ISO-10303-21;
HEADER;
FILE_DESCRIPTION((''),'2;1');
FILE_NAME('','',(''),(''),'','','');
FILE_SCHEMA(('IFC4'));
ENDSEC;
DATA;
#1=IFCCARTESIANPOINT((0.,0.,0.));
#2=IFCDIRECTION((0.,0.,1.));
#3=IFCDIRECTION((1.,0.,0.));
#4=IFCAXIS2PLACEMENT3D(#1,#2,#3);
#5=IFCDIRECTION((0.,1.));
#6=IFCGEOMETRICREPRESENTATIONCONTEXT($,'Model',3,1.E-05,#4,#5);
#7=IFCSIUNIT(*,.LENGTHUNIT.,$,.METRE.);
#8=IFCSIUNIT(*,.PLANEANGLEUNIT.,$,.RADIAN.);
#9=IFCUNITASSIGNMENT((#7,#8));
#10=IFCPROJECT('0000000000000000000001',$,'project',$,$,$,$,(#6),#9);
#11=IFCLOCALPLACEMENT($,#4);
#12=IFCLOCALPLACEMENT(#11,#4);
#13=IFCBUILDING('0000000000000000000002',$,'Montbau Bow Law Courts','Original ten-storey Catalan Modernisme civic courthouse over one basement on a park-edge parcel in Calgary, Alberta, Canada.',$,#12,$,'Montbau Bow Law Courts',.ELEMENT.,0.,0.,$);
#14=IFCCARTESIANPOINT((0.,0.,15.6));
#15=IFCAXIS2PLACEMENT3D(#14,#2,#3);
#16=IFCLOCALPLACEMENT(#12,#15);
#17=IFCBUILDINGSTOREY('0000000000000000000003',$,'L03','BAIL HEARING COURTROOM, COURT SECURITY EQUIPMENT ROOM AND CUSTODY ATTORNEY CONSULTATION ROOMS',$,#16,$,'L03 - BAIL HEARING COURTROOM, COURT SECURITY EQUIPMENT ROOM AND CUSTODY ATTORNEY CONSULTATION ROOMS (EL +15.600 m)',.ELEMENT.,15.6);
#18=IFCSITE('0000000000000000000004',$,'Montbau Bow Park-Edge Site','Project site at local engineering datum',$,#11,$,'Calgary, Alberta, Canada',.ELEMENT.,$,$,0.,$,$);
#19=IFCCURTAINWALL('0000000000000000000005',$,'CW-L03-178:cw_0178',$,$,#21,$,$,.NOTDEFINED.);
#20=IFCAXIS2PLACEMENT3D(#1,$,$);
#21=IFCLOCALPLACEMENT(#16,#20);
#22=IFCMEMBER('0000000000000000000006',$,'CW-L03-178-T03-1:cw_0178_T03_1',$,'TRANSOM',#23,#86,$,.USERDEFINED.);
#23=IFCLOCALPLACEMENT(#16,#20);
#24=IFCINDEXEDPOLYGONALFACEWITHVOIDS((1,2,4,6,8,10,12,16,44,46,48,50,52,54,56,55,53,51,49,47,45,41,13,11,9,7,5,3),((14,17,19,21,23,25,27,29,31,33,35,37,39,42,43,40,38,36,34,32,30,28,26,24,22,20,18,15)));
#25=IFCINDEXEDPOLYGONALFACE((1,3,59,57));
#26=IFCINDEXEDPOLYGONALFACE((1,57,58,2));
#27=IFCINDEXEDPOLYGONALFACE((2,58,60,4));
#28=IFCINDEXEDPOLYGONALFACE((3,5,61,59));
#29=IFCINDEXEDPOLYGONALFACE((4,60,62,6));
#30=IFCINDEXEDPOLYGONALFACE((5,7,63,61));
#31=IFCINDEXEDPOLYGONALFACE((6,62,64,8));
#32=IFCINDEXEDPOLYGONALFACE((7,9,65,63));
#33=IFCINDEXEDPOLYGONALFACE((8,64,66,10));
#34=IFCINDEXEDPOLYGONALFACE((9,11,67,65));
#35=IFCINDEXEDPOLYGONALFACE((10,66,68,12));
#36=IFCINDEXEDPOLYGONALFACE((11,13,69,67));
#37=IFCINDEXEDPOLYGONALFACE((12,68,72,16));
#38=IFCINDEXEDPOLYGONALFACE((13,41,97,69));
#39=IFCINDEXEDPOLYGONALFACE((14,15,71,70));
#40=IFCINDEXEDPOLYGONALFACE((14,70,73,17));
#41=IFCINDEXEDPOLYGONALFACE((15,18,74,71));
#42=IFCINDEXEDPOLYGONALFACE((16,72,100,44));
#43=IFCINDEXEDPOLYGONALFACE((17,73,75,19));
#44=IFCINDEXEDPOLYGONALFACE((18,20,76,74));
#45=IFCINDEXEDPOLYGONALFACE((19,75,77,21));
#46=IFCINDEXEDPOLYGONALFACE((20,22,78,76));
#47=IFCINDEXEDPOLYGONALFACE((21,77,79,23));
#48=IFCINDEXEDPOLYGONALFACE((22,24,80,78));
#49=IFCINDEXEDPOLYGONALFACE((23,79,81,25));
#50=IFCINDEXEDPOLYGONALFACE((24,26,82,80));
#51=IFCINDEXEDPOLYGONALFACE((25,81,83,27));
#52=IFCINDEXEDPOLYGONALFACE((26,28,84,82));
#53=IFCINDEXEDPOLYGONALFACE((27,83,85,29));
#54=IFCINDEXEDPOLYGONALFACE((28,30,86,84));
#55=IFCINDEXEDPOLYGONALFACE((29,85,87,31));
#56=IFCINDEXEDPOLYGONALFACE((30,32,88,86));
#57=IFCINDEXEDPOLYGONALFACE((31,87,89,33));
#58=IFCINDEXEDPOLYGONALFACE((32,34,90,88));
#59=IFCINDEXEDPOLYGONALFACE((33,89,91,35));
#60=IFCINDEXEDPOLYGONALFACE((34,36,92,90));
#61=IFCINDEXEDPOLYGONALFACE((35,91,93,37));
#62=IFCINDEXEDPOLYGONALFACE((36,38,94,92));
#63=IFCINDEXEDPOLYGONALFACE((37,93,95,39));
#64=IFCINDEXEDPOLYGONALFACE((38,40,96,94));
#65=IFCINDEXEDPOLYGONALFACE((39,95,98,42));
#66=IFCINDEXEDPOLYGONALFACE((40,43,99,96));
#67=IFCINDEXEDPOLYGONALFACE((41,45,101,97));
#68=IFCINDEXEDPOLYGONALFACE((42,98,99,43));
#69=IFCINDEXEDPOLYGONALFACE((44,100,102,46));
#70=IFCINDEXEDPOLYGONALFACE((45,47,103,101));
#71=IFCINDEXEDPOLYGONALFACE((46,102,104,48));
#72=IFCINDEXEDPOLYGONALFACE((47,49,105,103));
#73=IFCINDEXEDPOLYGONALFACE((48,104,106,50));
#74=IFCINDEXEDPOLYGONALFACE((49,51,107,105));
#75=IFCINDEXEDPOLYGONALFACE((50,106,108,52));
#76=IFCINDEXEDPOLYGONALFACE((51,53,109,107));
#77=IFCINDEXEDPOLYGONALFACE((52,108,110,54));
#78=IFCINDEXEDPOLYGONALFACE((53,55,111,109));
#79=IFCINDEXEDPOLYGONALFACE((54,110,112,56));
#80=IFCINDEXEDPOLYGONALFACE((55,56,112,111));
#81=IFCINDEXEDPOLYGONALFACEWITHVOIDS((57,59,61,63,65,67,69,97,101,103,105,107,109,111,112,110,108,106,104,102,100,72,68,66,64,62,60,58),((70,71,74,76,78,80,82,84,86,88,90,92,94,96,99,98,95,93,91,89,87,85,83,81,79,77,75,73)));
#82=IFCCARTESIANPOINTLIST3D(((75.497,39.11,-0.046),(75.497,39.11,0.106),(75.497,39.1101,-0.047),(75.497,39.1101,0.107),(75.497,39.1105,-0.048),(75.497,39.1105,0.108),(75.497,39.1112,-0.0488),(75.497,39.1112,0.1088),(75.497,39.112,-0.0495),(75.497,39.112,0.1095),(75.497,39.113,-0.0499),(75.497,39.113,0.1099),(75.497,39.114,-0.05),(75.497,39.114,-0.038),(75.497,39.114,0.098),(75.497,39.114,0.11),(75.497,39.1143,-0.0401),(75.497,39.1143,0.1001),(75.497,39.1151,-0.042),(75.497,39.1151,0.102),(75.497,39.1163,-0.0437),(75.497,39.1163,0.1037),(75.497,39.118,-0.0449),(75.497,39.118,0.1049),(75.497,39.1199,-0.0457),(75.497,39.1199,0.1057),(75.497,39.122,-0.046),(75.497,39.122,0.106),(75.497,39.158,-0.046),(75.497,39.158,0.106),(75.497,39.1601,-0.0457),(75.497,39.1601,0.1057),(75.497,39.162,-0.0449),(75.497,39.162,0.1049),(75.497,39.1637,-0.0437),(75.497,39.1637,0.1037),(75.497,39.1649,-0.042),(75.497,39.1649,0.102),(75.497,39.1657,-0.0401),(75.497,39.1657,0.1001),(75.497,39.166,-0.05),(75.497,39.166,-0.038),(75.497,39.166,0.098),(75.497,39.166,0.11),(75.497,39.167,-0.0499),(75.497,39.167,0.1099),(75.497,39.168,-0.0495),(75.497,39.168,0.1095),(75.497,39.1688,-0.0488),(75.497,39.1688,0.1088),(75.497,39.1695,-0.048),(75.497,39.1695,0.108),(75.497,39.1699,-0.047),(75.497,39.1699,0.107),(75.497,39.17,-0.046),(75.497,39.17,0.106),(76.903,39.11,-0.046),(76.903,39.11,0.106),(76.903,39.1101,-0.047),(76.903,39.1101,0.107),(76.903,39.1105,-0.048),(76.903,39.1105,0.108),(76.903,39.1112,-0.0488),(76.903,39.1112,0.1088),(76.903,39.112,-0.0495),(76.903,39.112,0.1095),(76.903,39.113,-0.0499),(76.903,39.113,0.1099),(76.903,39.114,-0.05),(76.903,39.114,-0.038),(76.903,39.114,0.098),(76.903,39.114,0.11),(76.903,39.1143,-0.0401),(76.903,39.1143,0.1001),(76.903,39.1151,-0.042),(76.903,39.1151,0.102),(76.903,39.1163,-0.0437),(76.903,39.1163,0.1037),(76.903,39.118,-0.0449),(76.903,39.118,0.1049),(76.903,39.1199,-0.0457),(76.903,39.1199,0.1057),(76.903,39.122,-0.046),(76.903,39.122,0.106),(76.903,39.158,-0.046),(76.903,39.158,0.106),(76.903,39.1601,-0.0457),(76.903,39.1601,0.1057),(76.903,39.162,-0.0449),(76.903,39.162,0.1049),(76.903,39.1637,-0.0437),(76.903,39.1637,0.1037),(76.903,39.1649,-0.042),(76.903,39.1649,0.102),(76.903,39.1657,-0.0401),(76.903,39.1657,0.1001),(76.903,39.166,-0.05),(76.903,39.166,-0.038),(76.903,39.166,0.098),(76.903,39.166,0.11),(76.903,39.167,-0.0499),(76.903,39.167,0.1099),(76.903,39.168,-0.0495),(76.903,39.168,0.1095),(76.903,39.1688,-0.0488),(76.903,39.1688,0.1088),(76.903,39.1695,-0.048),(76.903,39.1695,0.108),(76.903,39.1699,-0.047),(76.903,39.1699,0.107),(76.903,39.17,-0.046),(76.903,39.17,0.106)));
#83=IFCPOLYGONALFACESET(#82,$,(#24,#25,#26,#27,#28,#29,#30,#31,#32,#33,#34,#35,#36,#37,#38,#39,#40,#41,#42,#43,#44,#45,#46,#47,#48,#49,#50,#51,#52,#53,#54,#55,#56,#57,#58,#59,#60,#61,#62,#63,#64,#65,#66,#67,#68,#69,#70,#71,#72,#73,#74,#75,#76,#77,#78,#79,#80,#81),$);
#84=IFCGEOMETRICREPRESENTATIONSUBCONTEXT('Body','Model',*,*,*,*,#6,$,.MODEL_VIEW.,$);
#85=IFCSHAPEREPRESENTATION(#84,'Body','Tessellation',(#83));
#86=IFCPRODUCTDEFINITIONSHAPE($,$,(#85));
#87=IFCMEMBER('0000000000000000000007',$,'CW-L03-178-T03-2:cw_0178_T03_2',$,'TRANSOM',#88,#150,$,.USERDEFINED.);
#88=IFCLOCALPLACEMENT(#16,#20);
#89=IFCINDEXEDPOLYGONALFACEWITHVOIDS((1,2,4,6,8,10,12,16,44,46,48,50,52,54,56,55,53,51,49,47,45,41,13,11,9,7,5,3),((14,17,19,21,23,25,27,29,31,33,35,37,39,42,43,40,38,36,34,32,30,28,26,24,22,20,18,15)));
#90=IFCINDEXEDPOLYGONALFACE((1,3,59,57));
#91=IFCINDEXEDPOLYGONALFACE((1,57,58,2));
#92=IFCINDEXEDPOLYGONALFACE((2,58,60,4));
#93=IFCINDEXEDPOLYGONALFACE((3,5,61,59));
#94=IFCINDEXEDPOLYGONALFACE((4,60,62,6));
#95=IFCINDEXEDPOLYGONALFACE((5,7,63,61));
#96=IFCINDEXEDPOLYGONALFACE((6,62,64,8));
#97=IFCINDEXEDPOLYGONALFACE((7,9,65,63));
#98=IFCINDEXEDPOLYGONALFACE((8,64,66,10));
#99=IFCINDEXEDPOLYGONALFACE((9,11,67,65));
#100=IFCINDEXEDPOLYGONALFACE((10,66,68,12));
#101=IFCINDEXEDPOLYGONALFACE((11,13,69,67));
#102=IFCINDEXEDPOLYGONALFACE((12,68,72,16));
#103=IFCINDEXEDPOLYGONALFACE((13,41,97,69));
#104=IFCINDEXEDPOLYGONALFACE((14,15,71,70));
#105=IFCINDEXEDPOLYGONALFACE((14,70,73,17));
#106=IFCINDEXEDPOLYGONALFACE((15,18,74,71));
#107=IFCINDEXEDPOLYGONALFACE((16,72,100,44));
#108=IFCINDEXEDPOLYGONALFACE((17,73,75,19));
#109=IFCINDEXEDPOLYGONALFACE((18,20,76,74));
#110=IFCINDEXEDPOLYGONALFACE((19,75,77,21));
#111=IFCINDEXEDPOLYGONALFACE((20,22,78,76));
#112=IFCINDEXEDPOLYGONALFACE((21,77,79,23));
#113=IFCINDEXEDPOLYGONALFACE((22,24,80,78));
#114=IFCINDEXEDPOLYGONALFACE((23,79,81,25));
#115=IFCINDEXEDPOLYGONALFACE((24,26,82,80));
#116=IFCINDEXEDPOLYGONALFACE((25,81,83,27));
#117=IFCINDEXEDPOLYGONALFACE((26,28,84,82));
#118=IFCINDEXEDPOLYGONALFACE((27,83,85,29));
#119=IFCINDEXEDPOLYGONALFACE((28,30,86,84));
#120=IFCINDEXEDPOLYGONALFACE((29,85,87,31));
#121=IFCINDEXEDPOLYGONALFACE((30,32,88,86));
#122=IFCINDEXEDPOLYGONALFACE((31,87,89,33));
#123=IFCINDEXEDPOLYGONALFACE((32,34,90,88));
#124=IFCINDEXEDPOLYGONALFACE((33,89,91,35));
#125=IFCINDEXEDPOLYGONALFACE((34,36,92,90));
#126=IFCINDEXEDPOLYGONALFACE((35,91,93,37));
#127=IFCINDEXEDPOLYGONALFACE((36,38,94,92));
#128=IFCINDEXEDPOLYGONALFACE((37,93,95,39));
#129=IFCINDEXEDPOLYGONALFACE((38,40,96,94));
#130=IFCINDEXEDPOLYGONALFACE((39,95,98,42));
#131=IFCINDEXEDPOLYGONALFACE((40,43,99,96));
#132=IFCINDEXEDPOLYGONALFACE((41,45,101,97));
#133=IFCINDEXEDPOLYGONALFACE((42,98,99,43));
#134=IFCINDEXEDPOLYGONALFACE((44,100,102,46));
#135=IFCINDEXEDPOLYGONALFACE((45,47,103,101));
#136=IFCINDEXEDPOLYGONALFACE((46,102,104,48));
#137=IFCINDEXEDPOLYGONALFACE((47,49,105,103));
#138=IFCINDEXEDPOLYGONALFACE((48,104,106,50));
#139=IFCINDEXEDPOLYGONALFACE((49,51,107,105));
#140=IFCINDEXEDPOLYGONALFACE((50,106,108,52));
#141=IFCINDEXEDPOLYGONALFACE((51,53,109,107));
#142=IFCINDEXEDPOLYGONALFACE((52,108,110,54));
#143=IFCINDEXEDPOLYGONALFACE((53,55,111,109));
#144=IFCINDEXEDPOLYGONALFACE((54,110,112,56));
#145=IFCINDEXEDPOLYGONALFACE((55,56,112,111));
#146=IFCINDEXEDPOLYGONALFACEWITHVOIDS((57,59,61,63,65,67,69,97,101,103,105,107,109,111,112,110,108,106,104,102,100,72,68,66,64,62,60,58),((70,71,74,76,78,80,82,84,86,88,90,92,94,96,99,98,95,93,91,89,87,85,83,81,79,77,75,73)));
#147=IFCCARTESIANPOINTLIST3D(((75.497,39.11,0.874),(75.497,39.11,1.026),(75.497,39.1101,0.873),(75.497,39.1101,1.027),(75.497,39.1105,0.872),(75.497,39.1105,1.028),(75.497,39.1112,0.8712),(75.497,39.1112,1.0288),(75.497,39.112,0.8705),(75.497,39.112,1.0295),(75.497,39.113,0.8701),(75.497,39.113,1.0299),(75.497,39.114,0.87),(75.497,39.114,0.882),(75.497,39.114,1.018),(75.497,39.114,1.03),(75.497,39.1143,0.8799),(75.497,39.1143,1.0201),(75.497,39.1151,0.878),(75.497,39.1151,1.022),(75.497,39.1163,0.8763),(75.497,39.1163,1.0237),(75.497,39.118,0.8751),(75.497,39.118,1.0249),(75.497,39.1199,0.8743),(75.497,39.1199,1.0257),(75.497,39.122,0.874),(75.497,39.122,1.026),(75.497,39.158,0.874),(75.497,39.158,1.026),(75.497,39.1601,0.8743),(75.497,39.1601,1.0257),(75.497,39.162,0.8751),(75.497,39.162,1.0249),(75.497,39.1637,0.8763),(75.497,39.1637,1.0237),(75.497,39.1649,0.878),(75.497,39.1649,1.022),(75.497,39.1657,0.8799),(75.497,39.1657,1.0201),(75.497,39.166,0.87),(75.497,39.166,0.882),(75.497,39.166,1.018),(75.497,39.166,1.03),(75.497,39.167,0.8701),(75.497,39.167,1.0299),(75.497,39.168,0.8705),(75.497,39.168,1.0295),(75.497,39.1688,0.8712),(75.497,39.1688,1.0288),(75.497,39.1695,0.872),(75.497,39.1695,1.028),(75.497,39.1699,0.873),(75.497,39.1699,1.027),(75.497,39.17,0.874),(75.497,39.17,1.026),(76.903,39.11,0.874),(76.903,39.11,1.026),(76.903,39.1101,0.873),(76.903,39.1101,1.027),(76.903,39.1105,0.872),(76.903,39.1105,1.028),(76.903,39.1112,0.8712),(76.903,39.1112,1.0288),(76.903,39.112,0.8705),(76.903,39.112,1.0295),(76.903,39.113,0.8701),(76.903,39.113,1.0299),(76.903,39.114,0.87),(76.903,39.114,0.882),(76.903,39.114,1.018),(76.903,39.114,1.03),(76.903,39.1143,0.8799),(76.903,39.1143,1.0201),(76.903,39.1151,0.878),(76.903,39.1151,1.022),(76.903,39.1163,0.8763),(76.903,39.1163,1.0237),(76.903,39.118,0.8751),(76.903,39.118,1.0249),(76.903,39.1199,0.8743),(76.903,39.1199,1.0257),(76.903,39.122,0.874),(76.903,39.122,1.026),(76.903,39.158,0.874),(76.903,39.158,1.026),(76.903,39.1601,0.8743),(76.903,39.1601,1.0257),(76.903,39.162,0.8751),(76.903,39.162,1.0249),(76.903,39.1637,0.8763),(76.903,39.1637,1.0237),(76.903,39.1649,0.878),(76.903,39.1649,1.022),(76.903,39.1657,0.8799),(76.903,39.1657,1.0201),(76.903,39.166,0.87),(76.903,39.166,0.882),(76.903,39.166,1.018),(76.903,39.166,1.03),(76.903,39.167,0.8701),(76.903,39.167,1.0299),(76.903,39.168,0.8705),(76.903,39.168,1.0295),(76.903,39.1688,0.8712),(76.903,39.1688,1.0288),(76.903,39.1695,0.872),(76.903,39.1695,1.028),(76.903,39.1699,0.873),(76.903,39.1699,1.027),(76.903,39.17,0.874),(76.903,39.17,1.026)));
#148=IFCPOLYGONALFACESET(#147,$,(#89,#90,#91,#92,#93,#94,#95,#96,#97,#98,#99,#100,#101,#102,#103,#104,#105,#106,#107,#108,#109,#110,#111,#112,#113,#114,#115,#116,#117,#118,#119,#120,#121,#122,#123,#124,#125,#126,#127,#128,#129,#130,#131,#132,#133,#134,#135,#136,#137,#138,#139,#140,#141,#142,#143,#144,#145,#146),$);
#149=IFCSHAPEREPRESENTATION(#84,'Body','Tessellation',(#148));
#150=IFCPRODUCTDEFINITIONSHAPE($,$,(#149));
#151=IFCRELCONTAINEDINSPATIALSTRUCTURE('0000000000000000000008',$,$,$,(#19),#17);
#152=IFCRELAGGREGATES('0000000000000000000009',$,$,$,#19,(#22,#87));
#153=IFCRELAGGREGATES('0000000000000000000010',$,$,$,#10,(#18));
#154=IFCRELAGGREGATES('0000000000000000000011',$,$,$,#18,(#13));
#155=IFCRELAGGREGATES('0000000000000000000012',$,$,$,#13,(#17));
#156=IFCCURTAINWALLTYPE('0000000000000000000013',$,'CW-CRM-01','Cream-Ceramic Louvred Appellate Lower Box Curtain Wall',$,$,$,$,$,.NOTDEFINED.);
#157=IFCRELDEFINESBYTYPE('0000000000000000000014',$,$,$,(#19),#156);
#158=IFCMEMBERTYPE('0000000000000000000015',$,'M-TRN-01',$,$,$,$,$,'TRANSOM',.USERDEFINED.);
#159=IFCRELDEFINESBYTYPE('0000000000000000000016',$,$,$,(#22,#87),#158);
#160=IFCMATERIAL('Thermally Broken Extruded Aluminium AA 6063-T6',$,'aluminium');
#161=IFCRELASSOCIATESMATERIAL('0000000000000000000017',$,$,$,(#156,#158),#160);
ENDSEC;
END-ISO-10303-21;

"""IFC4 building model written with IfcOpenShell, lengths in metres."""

from ifc_helpers import new_model, si_unit, direction, frame, origin_with_axes, origin_2d_with_axis, place, context, subcontext, project, spatial, hollow_rectangle, extrude, material, material_profile, profile_set, type_object, element, aggregate, save


model = new_model("IFC4")

# Units and contexts
model_context = context("Model", 3, precision=1e-05, world=origin_with_axes(), true_north=direction((0.0, 1.0)))
body_context = subcontext(model_context, "Body", "Model", "MODEL_VIEW")
ifc_project = project(units=[si_unit("LENGTHUNIT", "METRE"), si_unit("PLANEANGLEUNIT", "RADIAN")], contexts=[model_context])

# Site, building, storey
site_placement = place(None, origin_with_axes())
site = spatial("IfcSite", under=ifc_project, at=site_placement, Name="Montbau Bow Park-Edge Site", Description="Project site at local engineering datum", LongName="Calgary, Alberta, Canada", CompositionType="ELEMENT", RefElevation=0.0)
building_placement = place(site_placement, origin_with_axes())
building = spatial("IfcBuilding", under=site, at=building_placement, Name="Montbau Bow Law Courts", Description="Original ten-storey Catalan Modernisme civic courthouse over one basement on a park-edge parcel in Calgary, Alberta, Canada.", LongName="Montbau Bow Law Courts", CompositionType="ELEMENT", ElevationOfRefHeight=0.0, ElevationOfTerrain=0.0)
storey_placement = place(building_placement, frame((0.0, 0.0, 15.6), z_axis=(0.0, 0.0, 1.0), x_axis=(1.0, 0.0, 0.0)))
storey = spatial("IfcBuildingStorey", under=building, at=storey_placement, Name="L03", Description="BAIL HEARING COURTROOM, COURT SECURITY EQUIPMENT ROOM AND CUSTODY ATTORNEY CONSULTATION ROOMS", LongName="L03 - BAIL HEARING COURTROOM, COURT SECURITY EQUIPMENT ROOM AND CUSTODY ATTORNEY CONSULTATION ROOMS (EL +15.600 m)", CompositionType="ELEMENT", Elevation=15.6)

# Shared definitions
ifc_material_1 = material(Name="Thermally Broken Extruded Aluminium AA 6063-T6", Category="aluminium")
curtain_wall_type = type_object("IfcCurtainWallType", Name="CW-CRM-01", Description="Cream-Ceramic Louvred Appellate Lower Box Curtain Wall", PredefinedType="NOTDEFINED", material=ifc_material_1)

# Curtain wall, members
curtain_wall_1_placement = place(None, frame((72.515, 39.14, 15.6), z_axis=(0.0, 0.0, 1.0), x_axis=(1.0, 0.0, 0.0)))
curtain_wall_1 = element("IfcCurtainWall", 1, at=curtain_wall_1_placement, inside=storey, type_object=curtain_wall_type, Name="CW-L03-178:cw_0178", PredefinedType="NOTDEFINED")
ifc_material_profile_1 = material_profile(ifc_material_1, hollow_rectangle(XDim=0.06, YDim=0.16, WallThickness=0.004, InnerFilletRadius=0.008, OuterFilletRadius=0.004, at=origin_2d_with_axis()), Name="CWT-160X60", Category="Main", Priority=0)
ifc_profile_set_1 = profile_set([ifc_material_profile_1], Name="Thermally Broken Extruded Aluminium AA 6063-T6")
member_type_1 = type_object("IfcMemberType", Name="M-TRN-01", ElementType="TRANSOM", PredefinedType="USERDEFINED", material=ifc_profile_set_1)
member_1_placement = place(None, frame((75.497, 39.14, 15.63), z_axis=(1.0, 0.0, 0.0), x_axis=(0.0, 1.0, 0.0)))
member_1 = element("IfcMember", 2, at=member_1_placement, type_object=member_type_1, Name="CW-L03-178-T03-1:cw_0178_T03_1", ObjectType="TRANSOM", PredefinedType="USERDEFINED", context=body_context, shape_type="SweptSolid", body=[
    extrude(hollow_rectangle(XDim=0.06, YDim=0.16, WallThickness=0.004, InnerFilletRadius=0.008, OuterFilletRadius=0.004, at=origin_2d_with_axis()), origin_with_axes(), (0.0, 0.0, 1.0), 1.406),
])
member_2_placement = place(None, frame((75.497, 39.14, 16.55), z_axis=(1.0, 0.0, 0.0), x_axis=(0.0, 1.0, 0.0)))
member_2 = element("IfcMember", 3, at=member_2_placement, type_object=member_type_1, Name="CW-L03-178-T03-2:cw_0178_T03_2", ObjectType="TRANSOM", PredefinedType="USERDEFINED", context=body_context, shape_type="SweptSolid", body=[
    extrude(hollow_rectangle(XDim=0.06, YDim=0.16, WallThickness=0.004, InnerFilletRadius=0.008, OuterFilletRadius=0.004, at=origin_2d_with_axis()), origin_with_axes(), (0.0, 0.0, 1.0), 1.406),
])

aggregate(curtain_wall_1, [member_1, member_2])

save(model, "model.ifc")
